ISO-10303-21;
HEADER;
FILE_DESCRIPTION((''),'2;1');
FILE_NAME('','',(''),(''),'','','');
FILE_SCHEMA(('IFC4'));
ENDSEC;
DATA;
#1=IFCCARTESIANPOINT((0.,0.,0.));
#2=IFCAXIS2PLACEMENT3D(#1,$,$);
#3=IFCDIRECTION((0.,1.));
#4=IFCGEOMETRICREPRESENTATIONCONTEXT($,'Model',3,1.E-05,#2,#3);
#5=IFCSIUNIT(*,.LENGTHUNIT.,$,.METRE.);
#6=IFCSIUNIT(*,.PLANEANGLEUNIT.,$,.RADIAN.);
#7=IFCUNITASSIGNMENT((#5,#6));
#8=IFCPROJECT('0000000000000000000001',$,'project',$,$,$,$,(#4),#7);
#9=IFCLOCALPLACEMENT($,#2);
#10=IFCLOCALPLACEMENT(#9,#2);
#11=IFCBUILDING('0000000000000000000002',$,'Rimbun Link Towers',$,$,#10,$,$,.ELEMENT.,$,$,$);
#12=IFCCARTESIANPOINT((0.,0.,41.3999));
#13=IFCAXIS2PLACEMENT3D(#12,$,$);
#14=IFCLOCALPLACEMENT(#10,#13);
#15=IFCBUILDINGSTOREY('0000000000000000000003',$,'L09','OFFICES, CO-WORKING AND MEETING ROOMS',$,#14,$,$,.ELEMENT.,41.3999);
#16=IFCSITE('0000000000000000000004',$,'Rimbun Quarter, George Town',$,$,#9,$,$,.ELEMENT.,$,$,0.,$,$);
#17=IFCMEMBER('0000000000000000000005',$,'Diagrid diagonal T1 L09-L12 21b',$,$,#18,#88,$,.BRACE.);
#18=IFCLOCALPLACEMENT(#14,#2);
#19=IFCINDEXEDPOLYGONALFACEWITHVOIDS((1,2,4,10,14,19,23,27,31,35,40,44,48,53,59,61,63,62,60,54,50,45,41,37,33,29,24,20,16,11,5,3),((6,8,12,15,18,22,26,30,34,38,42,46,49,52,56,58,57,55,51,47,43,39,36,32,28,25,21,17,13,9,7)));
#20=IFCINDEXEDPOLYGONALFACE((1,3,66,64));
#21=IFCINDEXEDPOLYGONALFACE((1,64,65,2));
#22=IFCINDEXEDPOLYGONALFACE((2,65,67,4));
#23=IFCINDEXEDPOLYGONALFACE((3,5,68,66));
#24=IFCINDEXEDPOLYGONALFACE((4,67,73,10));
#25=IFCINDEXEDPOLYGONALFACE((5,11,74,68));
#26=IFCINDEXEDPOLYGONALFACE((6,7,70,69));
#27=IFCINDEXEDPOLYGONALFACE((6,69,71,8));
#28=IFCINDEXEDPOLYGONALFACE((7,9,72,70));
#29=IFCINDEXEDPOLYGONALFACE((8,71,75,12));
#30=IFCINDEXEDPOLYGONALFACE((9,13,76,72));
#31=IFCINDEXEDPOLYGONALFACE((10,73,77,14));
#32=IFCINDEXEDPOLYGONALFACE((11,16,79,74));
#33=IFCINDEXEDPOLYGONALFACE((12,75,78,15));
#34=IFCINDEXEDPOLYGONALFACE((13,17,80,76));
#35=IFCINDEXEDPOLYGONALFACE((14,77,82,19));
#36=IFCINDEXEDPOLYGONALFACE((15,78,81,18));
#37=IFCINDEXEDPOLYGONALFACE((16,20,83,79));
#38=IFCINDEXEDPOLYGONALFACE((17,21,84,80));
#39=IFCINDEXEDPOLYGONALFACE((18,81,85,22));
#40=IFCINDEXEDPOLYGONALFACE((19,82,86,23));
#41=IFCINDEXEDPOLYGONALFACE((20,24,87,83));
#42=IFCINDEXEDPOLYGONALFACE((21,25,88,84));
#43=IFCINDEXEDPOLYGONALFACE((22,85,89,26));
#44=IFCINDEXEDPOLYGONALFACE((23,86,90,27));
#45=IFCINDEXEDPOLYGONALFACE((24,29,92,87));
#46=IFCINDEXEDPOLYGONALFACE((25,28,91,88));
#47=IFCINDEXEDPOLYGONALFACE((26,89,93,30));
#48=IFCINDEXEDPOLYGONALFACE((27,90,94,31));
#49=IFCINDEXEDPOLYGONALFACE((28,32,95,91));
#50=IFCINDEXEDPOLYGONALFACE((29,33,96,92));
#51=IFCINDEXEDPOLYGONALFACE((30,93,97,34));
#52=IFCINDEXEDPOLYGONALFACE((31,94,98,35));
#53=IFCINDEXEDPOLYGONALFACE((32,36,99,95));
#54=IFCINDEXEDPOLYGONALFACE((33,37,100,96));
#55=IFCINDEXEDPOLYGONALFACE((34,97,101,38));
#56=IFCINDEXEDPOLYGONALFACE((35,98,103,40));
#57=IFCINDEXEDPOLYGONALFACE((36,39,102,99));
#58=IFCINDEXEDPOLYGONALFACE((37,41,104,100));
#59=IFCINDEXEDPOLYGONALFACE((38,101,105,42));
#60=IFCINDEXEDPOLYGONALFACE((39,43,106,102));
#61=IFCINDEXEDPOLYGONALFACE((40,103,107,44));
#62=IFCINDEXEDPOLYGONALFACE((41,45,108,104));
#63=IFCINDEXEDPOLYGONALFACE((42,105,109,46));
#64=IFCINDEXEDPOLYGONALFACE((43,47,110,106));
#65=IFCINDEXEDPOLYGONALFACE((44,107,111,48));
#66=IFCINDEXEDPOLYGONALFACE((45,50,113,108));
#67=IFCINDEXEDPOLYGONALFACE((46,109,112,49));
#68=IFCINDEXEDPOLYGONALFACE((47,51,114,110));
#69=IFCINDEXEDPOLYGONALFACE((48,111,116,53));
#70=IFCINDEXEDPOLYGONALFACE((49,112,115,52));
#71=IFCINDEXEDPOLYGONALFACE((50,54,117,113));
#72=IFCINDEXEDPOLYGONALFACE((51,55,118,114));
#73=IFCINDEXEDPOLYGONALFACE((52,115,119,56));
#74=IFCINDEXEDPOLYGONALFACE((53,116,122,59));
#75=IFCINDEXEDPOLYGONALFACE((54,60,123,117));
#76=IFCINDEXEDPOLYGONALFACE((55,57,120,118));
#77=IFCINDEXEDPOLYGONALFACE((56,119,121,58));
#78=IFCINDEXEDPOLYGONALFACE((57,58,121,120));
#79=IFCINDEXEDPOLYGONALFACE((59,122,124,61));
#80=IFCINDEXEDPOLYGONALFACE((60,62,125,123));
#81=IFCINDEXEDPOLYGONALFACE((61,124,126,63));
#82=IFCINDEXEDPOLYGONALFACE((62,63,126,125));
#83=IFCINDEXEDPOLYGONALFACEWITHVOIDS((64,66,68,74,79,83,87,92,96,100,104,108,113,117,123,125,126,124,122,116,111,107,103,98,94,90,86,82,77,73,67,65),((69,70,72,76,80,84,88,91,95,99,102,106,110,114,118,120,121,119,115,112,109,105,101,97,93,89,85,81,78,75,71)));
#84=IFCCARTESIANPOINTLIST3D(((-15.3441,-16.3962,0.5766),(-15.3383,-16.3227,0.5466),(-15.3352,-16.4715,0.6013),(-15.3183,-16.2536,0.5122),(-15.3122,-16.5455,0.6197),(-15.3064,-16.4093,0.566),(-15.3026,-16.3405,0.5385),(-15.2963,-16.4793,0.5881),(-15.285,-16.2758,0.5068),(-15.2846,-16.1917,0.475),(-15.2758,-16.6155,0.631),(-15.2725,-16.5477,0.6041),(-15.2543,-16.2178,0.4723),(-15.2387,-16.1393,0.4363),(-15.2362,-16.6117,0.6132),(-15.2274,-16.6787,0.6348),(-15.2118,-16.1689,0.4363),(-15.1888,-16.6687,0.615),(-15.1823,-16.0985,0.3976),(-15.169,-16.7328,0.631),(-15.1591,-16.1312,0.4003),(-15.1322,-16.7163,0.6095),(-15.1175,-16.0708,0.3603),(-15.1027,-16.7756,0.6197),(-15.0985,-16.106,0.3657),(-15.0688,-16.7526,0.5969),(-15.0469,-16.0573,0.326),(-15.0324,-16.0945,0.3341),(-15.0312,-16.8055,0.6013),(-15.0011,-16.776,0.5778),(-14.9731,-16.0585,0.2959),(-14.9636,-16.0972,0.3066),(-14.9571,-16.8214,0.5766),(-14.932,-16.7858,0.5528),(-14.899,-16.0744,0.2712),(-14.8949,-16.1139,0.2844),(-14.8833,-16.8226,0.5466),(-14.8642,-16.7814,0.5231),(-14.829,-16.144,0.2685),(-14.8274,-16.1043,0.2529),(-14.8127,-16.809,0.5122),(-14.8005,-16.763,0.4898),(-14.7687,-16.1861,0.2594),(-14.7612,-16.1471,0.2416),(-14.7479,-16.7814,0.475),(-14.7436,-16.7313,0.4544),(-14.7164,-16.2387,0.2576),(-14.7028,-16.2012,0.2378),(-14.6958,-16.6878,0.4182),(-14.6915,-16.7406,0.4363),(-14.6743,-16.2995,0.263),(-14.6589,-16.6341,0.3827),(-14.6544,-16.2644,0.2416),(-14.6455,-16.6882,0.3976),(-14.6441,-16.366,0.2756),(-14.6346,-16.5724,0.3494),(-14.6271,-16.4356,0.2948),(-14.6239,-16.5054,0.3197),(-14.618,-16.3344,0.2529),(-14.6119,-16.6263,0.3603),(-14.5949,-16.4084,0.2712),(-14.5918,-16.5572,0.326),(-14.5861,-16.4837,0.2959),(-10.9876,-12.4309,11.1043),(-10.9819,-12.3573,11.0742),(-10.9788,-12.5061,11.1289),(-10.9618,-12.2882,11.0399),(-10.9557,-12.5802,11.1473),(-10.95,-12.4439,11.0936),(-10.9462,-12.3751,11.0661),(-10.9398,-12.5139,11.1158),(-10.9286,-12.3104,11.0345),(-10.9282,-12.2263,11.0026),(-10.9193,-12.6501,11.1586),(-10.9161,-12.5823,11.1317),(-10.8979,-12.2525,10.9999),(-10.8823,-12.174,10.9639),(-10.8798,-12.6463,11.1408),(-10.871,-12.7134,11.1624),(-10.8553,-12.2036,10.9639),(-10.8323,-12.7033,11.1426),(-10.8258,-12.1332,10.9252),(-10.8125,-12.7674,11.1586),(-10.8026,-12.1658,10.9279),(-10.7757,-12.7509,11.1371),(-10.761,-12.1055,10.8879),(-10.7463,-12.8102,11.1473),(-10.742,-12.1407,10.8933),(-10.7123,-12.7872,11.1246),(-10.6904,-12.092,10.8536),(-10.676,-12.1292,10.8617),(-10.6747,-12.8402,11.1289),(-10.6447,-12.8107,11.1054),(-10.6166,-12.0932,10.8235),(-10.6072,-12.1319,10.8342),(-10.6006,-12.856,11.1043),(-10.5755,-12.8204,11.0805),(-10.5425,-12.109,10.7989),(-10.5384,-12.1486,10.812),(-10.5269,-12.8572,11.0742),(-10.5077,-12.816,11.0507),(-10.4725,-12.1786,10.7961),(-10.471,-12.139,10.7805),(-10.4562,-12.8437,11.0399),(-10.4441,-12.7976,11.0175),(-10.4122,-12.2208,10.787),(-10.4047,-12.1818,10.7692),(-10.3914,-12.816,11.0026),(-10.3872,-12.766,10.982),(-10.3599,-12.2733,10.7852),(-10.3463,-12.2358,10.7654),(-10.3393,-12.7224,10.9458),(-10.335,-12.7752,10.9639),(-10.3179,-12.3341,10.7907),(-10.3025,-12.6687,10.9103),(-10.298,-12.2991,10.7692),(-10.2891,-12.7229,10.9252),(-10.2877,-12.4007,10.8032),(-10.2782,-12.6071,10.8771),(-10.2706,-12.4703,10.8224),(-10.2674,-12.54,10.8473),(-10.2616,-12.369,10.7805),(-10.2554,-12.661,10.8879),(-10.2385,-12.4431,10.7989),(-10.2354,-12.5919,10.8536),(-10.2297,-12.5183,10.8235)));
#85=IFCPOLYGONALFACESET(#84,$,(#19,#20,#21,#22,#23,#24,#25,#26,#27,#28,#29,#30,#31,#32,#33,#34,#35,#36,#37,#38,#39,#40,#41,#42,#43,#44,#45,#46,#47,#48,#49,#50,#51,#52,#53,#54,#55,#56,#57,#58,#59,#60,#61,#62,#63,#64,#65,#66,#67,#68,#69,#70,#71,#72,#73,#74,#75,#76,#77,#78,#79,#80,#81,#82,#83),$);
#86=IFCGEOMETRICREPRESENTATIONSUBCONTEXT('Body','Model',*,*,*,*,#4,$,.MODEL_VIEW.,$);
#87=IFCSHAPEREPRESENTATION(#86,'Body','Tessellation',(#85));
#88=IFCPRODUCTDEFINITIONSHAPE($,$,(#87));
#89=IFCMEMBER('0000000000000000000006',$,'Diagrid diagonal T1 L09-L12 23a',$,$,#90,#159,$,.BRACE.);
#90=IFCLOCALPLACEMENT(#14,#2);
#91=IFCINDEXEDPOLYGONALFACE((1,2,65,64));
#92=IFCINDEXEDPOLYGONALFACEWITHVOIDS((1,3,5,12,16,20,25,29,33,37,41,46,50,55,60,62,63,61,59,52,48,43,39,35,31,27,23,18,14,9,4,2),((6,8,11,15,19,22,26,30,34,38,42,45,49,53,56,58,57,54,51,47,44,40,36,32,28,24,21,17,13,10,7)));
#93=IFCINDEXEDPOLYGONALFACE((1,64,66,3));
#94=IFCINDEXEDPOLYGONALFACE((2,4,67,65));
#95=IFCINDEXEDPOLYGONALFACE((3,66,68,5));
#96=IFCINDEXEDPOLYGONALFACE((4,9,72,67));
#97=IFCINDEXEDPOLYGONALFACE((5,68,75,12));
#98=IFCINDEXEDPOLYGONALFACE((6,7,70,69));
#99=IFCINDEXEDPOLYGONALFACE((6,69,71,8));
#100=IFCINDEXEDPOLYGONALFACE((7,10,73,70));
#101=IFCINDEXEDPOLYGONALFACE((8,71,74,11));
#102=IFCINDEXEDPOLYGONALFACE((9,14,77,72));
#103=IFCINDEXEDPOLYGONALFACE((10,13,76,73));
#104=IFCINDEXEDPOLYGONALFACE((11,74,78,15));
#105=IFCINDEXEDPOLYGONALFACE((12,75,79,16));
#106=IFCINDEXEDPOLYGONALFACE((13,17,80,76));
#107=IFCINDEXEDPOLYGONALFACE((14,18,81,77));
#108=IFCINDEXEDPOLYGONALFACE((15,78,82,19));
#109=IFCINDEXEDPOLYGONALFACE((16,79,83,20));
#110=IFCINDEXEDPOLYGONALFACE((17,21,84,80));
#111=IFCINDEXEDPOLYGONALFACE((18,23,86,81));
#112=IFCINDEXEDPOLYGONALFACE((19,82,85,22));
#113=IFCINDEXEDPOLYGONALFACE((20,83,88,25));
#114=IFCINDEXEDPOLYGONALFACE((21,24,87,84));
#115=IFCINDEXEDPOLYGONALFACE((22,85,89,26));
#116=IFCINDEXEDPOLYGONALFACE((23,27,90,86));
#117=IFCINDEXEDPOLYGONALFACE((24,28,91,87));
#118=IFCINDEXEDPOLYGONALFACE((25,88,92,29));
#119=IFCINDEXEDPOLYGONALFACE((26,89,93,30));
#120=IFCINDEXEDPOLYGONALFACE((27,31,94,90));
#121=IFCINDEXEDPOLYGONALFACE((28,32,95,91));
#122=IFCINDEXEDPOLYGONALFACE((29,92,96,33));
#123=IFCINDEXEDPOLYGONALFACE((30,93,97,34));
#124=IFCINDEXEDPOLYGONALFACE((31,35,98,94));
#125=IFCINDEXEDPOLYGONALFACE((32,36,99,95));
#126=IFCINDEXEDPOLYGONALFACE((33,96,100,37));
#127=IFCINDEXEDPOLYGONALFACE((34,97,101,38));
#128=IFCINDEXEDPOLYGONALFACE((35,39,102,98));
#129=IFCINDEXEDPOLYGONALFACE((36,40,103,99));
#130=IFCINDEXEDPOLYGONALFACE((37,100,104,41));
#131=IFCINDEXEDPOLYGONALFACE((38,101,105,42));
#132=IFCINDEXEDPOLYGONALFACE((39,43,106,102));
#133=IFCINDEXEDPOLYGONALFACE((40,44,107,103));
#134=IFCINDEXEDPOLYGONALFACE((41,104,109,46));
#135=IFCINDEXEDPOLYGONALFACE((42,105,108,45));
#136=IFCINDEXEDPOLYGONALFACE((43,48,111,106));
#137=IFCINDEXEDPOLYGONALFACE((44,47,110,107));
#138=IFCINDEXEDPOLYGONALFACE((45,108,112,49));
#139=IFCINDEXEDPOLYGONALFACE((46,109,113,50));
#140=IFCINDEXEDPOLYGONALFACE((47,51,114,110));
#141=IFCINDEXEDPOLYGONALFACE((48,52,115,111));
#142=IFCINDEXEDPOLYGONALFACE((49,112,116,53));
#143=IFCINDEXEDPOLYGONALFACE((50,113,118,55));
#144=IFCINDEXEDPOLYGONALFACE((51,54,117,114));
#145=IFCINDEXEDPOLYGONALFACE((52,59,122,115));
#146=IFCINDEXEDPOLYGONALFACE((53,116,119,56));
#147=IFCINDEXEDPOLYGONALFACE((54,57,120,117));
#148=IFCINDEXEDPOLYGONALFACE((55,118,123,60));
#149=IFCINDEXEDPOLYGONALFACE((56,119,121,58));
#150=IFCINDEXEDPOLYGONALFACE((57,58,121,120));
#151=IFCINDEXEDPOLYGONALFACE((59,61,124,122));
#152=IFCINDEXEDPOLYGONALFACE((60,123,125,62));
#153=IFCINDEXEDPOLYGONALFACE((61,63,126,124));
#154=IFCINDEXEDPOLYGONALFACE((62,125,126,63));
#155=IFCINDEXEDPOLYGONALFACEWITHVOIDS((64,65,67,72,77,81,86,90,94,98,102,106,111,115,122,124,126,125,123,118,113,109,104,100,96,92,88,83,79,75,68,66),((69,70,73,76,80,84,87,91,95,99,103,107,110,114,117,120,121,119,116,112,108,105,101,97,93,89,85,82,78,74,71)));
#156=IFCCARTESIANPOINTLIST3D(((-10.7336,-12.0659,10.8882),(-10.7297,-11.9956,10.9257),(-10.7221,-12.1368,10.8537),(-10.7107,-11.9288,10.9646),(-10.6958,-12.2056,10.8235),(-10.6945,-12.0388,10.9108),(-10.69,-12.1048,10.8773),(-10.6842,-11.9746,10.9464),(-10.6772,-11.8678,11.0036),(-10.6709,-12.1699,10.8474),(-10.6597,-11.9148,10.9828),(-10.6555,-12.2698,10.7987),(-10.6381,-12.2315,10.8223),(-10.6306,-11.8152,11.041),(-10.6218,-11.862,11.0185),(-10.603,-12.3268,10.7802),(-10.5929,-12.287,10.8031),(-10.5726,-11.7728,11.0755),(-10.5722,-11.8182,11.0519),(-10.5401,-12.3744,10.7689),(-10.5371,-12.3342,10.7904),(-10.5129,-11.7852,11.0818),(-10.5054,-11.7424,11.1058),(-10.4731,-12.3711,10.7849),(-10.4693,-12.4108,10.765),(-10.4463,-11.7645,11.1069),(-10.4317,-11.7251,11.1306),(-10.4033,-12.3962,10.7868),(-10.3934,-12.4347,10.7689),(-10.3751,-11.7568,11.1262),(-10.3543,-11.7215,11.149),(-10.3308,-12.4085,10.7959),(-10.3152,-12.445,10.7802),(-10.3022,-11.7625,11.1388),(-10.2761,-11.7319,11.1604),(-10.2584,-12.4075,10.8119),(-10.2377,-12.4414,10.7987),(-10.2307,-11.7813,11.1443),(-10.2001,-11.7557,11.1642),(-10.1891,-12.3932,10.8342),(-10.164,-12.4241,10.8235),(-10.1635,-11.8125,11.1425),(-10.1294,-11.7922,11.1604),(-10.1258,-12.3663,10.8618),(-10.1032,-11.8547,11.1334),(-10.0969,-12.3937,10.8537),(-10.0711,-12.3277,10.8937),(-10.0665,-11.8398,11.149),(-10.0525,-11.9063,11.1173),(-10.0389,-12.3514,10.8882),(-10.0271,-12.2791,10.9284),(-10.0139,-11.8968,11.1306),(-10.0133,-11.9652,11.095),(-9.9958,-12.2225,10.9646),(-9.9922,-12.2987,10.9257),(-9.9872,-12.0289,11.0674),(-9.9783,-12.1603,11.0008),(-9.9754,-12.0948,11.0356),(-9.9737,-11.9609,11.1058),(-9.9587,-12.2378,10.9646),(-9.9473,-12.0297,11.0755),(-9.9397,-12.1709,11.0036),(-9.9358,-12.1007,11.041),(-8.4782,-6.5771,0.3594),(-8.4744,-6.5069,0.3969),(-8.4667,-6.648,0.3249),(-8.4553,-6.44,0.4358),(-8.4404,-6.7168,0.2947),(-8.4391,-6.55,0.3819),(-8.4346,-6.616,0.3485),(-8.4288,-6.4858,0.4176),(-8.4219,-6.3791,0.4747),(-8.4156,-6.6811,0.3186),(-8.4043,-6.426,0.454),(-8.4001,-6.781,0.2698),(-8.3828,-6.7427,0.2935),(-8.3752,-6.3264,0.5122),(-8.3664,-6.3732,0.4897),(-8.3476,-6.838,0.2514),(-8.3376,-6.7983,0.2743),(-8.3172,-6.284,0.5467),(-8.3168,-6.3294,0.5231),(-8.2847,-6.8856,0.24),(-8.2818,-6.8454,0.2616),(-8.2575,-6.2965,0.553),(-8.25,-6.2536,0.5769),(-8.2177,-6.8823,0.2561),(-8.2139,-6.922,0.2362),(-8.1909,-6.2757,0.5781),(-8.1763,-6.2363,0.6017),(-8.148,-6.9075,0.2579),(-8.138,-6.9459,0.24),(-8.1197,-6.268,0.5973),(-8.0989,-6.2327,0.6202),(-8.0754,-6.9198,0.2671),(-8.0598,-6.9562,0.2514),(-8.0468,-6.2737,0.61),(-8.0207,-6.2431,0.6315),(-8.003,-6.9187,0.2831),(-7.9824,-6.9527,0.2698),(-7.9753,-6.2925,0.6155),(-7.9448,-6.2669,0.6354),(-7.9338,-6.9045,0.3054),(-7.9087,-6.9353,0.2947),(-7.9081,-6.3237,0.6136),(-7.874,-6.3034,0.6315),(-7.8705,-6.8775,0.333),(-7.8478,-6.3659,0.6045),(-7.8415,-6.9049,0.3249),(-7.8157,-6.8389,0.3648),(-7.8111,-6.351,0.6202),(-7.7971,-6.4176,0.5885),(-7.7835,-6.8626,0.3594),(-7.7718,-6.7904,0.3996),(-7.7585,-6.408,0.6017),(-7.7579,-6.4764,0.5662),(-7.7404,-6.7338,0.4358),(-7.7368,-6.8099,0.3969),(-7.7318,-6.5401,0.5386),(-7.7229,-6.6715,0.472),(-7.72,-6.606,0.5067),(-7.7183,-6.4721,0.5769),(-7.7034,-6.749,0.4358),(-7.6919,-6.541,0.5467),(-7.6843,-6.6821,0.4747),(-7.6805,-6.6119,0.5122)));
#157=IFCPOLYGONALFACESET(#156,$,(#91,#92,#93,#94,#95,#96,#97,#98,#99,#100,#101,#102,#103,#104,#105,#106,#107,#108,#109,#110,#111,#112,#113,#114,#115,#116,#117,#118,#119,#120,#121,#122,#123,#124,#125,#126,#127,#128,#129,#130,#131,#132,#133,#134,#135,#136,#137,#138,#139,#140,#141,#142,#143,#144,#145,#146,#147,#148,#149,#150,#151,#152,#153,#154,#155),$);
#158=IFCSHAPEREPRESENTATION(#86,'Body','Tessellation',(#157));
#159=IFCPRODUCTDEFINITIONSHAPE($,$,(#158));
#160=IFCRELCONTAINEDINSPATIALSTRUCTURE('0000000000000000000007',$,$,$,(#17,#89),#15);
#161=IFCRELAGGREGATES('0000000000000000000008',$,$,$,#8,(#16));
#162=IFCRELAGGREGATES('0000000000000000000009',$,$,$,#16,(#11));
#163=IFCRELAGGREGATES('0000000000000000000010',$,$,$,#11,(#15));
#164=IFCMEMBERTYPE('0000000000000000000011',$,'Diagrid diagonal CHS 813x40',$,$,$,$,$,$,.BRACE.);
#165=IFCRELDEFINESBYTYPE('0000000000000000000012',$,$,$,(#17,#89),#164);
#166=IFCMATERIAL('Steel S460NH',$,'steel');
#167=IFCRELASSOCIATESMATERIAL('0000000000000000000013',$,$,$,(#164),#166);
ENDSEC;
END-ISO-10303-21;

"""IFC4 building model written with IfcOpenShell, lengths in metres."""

from ifc_helpers import new_model, si_unit, direction, frame, origin, origin_2d, place, context, subcontext, project, spatial, hollow_circle, extrude, material, material_profile, profile_set, type_object, element, save


model = new_model("IFC4")

# Units and contexts
model_context = context("Model", 3, precision=1e-05, world=origin(), true_north=direction((0.0, 1.0)))
body_context = subcontext(model_context, "Body", "Model", "MODEL_VIEW")
ifc_project = project(units=[si_unit("LENGTHUNIT", "METRE"), si_unit("PLANEANGLEUNIT", "RADIAN")], contexts=[model_context])

# Site, building, storey
site_placement = place(None, origin())
site = spatial("IfcSite", under=ifc_project, at=site_placement, Name="Rimbun Quarter, George Town", CompositionType="ELEMENT", RefElevation=0.0)
building_placement = place(site_placement, origin())
building = spatial("IfcBuilding", under=site, at=building_placement, Name="Rimbun Link Towers", CompositionType="ELEMENT")
storey_placement = place(building_placement, frame((0.0, 0.0, 41.3999)))
storey = spatial("IfcBuildingStorey", under=building, at=storey_placement, Name="L09", Description="OFFICES, CO-WORKING AND MEETING ROOMS", CompositionType="ELEMENT", Elevation=41.3999)

# Members
ifc_material_1 = material(Name="Steel S460NH", Category="steel")
ifc_material_profile_1 = material_profile(ifc_material_1, hollow_circle(Radius=0.4065, WallThickness=0.04, at=origin_2d()), Name="Diagrid diagonal CHS 813x40")
ifc_profile_set_1 = profile_set([ifc_material_profile_1], Name="Steel S460NH")
member_type_1 = type_object("IfcMemberType", Name="Diagrid diagonal CHS 813x40", PredefinedType="BRACE", material=ifc_profile_set_1)
member_1_placement = place(storey_placement, frame((-14.9651, -16.4399, 0.4363), z_axis=(0.361121, 0.3287, 0.872667), x_axis=(-0.673131, 0.739524, 0.0)))
element("IfcMember", 1, at=member_1_placement, inside=storey, type_object=member_type_1, Name="Diagrid diagonal T1 L09-L12 21b", PredefinedType="BRACE", context=body_context, shape_type="SweptSolid", body=[
    extrude(hollow_circle(Radius=0.4065, WallThickness=0.04, at=origin_2d()), origin(), (0.0, 0.0, 1.0), 12.0637),
])
member_2_placement = place(storey_placement, frame((-8.0793, -6.5945, 0.4358), z_axis=(-0.186612, -0.454146, 0.871164), x_axis=(0.924957, -0.380071, 0.0)))
element("IfcMember", 2, at=member_2_placement, inside=storey, type_object=member_type_1, Name="Diagrid diagonal T1 L09-L12 23a", PredefinedType="BRACE", context=body_context, shape_type="SweptSolid", body=[
    extrude(hollow_circle(Radius=0.4065, WallThickness=0.04, at=origin_2d()), origin(), (0.0, 0.0, 1.0), 12.0859),
])

save(model, "model.ifc")
